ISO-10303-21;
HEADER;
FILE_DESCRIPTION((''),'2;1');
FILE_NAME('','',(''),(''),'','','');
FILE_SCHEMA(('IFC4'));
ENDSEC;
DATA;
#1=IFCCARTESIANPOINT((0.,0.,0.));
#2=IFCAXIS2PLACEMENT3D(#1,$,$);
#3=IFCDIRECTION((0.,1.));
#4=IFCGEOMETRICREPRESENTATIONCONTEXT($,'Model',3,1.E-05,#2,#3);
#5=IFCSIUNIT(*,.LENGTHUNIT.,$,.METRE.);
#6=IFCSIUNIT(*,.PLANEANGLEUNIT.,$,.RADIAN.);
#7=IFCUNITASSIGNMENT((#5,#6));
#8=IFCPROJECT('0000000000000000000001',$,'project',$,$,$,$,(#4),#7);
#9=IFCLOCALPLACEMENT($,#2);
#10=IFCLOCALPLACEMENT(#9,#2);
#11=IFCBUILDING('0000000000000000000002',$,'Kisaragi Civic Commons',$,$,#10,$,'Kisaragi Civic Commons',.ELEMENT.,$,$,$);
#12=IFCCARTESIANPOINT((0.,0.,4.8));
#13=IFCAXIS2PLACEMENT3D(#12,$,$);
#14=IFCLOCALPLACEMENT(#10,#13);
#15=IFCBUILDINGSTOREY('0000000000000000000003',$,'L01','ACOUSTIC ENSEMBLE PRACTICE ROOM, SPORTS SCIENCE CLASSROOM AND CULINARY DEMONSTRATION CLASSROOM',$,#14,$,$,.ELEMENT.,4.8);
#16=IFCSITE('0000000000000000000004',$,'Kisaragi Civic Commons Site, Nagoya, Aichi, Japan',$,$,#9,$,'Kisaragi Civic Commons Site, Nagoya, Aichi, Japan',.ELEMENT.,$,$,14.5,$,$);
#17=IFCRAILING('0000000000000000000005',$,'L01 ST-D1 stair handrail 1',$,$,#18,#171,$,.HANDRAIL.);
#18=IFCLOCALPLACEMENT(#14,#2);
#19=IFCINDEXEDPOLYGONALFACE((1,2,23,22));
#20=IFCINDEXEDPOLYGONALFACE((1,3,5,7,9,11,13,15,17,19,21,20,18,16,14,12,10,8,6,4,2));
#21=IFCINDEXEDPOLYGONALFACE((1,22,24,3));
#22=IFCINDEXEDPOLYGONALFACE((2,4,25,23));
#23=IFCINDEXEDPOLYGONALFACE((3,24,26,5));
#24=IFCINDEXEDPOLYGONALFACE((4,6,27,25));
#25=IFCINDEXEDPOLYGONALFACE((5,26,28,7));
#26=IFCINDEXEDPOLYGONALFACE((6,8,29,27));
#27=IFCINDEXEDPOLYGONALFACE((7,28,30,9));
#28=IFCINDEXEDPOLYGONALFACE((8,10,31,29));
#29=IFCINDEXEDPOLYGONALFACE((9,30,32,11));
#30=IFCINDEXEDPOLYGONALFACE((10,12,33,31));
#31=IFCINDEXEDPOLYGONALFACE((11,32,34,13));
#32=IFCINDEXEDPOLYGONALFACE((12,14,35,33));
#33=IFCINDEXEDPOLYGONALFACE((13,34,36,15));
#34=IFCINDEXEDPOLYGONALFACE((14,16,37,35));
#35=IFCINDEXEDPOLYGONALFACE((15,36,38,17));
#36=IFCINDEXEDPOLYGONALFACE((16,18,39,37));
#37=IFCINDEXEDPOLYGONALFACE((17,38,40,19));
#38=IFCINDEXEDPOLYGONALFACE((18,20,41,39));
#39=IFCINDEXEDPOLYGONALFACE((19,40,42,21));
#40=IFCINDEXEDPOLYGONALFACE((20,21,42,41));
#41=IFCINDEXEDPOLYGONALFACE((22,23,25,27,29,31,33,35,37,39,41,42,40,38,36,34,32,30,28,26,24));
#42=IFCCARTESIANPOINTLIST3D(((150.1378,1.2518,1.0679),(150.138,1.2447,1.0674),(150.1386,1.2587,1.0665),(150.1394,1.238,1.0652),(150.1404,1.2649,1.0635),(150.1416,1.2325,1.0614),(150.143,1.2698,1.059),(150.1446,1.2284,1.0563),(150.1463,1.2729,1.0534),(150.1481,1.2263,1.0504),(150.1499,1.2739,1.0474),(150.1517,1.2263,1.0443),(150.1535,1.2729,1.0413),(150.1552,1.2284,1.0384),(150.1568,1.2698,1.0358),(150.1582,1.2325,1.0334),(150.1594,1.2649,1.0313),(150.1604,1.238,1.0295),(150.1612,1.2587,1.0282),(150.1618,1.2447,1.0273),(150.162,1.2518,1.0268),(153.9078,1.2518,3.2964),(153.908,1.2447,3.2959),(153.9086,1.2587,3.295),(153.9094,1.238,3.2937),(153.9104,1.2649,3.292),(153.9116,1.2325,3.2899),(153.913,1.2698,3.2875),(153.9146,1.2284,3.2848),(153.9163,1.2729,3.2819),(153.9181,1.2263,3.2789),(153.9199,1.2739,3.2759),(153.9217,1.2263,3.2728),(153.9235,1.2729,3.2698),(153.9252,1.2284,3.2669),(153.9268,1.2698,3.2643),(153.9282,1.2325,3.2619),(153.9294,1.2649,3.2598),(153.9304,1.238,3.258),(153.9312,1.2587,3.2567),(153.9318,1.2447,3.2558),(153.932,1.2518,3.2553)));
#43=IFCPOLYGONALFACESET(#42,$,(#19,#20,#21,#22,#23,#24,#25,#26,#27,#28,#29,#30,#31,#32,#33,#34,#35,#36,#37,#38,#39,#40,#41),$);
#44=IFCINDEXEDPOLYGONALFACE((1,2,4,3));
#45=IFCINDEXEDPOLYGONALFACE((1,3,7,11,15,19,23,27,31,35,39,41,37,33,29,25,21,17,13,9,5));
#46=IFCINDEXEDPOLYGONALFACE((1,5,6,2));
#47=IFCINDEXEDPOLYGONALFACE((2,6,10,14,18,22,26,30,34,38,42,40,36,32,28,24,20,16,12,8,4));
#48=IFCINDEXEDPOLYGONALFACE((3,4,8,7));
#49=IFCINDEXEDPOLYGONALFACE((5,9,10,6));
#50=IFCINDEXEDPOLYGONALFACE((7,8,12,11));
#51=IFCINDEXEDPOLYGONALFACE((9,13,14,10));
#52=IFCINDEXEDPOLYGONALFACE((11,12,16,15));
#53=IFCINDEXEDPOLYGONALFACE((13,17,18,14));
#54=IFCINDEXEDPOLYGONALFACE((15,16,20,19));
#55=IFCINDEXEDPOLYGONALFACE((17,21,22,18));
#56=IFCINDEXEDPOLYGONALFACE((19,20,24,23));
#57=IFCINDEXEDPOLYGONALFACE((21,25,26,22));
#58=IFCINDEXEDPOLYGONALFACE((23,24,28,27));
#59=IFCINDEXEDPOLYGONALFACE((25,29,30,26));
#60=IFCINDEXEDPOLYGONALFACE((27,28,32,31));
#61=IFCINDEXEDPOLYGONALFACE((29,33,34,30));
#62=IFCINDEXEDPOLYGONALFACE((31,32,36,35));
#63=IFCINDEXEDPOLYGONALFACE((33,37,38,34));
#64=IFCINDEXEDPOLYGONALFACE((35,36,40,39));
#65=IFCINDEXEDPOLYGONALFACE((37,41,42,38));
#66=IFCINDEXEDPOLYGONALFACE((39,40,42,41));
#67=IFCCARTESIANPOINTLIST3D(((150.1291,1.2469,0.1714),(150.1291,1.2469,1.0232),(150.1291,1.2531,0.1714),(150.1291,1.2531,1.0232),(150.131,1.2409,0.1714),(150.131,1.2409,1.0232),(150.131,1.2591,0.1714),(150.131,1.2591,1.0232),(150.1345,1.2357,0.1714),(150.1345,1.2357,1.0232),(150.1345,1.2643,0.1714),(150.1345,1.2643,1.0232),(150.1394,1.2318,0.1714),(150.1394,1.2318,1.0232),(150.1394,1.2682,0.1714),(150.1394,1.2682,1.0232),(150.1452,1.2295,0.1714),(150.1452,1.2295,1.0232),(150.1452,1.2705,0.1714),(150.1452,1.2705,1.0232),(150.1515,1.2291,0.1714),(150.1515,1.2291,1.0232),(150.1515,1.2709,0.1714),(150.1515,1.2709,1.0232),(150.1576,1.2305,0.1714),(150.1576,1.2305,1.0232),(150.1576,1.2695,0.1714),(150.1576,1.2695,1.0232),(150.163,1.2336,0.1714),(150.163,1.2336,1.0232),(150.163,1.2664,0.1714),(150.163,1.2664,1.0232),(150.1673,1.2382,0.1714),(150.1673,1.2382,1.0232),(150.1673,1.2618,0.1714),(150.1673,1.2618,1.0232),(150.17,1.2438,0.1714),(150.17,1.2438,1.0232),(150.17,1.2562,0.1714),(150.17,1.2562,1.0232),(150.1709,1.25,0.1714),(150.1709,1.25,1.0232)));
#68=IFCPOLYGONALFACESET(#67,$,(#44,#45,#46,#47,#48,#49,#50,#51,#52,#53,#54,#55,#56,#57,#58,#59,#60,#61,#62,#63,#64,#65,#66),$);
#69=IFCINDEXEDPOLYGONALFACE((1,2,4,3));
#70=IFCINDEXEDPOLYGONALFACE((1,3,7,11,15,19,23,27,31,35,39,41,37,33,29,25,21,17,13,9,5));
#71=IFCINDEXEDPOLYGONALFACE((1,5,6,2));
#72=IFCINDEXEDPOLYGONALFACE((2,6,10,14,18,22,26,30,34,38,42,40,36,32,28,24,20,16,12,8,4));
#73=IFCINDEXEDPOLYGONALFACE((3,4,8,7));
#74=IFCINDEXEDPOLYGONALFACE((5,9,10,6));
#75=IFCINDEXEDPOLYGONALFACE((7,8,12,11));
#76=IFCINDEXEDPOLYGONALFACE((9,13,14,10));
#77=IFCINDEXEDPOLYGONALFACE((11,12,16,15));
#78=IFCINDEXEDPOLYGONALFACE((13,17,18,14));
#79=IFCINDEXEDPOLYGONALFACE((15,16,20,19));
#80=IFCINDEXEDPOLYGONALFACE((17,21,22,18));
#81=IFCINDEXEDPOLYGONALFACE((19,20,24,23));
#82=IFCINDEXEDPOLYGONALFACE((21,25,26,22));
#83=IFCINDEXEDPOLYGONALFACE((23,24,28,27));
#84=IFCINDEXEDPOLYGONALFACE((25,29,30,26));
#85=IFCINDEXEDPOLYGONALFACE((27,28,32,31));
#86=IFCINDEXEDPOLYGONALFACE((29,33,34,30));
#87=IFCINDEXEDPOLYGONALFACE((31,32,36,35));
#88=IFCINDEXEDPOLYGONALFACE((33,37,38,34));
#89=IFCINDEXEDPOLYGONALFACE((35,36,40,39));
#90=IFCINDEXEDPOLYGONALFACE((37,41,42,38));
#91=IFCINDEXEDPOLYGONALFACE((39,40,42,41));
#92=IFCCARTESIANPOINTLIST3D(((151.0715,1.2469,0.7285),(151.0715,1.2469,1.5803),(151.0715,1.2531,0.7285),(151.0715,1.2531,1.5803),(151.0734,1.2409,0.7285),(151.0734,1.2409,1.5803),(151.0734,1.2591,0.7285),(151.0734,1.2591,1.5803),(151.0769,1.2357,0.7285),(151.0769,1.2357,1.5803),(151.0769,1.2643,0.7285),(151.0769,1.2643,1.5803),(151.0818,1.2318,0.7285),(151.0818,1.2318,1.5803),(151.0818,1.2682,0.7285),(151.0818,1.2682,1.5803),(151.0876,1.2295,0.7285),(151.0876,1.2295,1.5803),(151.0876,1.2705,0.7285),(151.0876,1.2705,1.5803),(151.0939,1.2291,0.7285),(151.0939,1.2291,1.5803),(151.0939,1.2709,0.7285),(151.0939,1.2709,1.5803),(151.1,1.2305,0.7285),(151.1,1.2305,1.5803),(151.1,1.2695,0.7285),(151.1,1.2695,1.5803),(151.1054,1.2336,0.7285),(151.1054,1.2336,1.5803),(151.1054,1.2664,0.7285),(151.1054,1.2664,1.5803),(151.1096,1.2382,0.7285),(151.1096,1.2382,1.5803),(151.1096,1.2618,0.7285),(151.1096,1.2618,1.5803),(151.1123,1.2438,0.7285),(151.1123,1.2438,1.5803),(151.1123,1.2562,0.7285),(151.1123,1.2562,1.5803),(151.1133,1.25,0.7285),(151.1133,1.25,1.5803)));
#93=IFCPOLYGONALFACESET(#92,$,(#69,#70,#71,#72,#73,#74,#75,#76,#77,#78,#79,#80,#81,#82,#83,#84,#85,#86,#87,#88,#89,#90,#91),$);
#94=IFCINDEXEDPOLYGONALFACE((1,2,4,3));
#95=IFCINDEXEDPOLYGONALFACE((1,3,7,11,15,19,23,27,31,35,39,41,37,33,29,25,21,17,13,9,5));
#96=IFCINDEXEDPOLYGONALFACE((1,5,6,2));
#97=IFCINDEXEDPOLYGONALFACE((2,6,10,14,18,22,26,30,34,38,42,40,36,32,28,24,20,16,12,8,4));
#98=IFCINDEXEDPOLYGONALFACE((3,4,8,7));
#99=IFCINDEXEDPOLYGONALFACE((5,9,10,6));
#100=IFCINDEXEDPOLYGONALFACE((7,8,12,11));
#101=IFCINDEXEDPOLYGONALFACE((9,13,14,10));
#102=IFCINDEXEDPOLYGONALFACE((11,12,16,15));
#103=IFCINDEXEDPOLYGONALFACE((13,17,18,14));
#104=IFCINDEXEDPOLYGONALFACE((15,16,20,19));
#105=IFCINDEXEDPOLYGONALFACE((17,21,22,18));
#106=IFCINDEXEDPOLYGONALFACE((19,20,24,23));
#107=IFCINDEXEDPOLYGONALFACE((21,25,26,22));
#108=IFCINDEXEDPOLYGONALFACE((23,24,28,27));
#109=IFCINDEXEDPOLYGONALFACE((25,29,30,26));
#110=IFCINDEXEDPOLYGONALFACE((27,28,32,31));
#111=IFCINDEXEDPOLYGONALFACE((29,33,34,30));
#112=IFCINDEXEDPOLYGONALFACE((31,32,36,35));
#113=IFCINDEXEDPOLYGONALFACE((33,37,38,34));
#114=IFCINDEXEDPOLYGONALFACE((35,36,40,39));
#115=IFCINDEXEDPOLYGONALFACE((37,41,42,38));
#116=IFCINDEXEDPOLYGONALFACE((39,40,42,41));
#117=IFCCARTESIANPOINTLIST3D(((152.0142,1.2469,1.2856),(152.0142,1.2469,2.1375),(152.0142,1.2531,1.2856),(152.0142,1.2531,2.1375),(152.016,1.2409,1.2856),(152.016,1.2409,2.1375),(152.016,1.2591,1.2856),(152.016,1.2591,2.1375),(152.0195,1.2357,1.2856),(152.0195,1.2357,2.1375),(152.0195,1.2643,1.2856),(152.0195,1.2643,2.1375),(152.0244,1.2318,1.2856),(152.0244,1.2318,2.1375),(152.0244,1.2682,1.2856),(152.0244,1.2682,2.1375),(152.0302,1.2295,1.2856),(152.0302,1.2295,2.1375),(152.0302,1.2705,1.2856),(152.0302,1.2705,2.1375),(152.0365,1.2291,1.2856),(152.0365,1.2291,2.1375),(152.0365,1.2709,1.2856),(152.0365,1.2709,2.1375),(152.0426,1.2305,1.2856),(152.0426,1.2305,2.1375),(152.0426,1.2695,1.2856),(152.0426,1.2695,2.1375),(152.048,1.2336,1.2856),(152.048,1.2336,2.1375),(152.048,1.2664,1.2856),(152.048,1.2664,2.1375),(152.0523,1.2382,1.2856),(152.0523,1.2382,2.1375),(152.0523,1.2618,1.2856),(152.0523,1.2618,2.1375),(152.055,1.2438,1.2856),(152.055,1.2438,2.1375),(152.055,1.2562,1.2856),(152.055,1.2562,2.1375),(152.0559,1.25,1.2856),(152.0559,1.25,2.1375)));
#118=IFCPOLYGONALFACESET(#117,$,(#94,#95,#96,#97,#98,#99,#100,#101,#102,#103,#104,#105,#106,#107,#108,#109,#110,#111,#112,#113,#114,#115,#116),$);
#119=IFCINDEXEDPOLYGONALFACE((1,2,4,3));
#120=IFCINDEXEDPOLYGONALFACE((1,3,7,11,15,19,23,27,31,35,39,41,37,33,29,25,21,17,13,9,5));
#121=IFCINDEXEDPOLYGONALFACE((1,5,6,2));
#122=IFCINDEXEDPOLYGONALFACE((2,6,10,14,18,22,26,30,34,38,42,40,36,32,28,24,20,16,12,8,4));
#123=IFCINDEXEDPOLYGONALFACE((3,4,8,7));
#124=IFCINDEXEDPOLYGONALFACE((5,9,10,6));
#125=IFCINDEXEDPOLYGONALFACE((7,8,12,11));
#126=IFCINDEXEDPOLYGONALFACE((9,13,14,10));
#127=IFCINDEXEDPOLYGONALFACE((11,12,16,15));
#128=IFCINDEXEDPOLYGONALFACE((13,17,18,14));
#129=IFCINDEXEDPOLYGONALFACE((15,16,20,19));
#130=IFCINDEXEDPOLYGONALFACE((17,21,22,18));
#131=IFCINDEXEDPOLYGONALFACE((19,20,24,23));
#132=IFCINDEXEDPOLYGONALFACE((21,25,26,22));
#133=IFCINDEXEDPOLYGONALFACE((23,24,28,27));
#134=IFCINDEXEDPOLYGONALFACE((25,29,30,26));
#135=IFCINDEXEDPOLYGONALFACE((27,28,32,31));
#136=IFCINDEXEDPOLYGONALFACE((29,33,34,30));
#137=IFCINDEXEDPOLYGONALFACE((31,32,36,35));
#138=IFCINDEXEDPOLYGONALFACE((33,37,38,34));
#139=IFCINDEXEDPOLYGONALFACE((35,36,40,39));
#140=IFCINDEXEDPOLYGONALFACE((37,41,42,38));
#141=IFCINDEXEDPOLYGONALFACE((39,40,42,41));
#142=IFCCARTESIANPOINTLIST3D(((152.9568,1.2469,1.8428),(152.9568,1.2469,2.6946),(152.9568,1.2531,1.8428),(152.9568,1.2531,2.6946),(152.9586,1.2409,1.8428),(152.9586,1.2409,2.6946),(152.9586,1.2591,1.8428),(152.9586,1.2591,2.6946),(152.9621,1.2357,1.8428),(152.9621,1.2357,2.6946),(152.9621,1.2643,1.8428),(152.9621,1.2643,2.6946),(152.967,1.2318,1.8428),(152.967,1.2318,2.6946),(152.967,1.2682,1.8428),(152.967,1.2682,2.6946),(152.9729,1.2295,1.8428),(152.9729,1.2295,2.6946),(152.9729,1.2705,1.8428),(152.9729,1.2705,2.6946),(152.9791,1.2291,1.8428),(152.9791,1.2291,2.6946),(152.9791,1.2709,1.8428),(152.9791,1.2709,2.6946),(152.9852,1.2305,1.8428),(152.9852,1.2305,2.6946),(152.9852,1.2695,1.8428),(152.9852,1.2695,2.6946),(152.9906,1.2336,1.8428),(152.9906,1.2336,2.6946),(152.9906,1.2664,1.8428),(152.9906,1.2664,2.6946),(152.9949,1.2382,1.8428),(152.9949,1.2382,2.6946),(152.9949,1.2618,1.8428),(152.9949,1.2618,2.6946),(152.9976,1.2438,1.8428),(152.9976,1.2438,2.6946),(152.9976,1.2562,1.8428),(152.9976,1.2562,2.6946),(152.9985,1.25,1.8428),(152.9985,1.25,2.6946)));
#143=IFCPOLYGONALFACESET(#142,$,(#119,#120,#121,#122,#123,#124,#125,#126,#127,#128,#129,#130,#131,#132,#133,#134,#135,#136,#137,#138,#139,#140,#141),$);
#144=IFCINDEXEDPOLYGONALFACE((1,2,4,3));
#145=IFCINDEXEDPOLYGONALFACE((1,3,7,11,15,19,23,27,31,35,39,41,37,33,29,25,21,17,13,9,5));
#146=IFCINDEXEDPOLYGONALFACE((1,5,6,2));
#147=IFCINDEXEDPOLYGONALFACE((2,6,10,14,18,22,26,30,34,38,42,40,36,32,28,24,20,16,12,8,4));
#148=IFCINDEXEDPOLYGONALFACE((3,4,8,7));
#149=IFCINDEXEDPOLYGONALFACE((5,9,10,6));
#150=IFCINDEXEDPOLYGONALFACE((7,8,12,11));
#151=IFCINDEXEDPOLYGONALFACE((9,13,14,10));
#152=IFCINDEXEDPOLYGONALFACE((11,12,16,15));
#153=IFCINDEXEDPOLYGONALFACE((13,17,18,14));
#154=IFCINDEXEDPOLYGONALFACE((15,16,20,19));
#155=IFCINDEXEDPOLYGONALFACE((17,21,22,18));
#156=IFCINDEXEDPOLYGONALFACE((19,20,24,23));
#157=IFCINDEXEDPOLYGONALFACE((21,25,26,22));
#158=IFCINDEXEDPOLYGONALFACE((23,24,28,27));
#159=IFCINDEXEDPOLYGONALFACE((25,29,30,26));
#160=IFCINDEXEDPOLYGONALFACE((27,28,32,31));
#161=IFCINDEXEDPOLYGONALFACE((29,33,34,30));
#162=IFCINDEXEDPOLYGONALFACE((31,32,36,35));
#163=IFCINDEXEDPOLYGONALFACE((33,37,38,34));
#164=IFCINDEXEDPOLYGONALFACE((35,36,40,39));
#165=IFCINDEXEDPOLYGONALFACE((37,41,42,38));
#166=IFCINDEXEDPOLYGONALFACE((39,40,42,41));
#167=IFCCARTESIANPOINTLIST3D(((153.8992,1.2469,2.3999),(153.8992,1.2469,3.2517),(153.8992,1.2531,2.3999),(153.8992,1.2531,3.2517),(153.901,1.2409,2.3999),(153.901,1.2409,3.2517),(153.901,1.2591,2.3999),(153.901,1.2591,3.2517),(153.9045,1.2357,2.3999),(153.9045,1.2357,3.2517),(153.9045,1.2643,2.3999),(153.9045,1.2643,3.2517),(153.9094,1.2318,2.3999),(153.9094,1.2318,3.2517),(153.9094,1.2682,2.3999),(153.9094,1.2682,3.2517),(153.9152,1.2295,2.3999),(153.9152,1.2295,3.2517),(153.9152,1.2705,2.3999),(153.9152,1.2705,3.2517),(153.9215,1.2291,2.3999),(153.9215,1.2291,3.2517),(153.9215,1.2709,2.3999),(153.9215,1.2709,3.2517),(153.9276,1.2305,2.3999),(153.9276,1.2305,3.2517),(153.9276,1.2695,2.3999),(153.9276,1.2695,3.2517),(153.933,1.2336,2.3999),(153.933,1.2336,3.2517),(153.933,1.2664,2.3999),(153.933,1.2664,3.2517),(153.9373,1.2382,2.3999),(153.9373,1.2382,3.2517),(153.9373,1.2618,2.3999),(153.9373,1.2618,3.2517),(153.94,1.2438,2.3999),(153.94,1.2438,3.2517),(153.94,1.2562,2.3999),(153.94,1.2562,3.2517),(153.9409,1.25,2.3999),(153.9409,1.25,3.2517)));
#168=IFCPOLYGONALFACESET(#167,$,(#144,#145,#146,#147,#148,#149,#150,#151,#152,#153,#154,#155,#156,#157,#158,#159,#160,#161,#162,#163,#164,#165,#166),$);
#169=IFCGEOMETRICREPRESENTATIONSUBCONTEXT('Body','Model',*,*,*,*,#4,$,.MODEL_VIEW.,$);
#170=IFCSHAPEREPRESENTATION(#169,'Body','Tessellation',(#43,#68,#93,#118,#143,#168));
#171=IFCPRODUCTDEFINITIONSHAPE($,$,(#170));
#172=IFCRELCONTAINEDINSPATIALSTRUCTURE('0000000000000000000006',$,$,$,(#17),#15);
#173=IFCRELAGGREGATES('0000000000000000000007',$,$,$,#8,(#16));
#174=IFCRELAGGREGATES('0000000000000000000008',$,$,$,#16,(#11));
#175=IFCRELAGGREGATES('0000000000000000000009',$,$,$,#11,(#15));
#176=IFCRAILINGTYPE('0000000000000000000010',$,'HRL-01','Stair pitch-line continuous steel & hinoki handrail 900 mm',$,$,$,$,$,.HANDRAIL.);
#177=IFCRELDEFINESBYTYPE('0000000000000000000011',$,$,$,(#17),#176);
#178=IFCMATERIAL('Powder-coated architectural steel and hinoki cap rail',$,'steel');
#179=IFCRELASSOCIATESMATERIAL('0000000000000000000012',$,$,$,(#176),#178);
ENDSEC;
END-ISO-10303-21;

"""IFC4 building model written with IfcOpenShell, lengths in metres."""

from ifc_helpers import new_model, si_unit, direction, frame, origin, origin_2d, place, context, subcontext, project, spatial, circle, extrude, material, type_object, element, save


model = new_model("IFC4")

# Units and contexts
model_context = context("Model", 3, precision=1e-05, world=origin(), true_north=direction((0.0, 1.0)))
body_context = subcontext(model_context, "Body", "Model", "MODEL_VIEW")
ifc_project = project(units=[si_unit("LENGTHUNIT", "METRE"), si_unit("PLANEANGLEUNIT", "RADIAN")], contexts=[model_context])

# Site, building, storey
site_placement = place(None, origin())
site = spatial("IfcSite", under=ifc_project, at=site_placement, Name="Kisaragi Civic Commons Site, Nagoya, Aichi, Japan", LongName="Kisaragi Civic Commons Site, Nagoya, Aichi, Japan", CompositionType="ELEMENT", RefElevation=14.5)
building_placement = place(site_placement, origin())
building = spatial("IfcBuilding", under=site, at=building_placement, Name="Kisaragi Civic Commons", LongName="Kisaragi Civic Commons", CompositionType="ELEMENT")
storey_placement = place(building_placement, frame((0.0, 0.0, 4.8)))
storey = spatial("IfcBuildingStorey", under=building, at=storey_placement, Name="L01", Description="ACOUSTIC ENSEMBLE PRACTICE ROOM, SPORTS SCIENCE CLASSROOM AND CULINARY DEMONSTRATION CLASSROOM", CompositionType="ELEMENT", Elevation=4.8)

# Railing
ifc_material_1 = material(Name="Powder-coated architectural steel and hinoki cap rail", Category="steel")
railing_type_1 = type_object("IfcRailingType", Name="HRL-01", Description="Stair pitch-line continuous steel & hinoki handrail 900 mm", PredefinedType="HANDRAIL", material=ifc_material_1)
railing_1_placement = place(storey_placement, frame((150.1499, 1.25, 0.1714)))
element("IfcRailing", 1, at=railing_1_placement, inside=storey, type_object=railing_type_1, Name="L01 ST-D1 stair handrail 1", PredefinedType="HANDRAIL", context=body_context, shape_type="SweptSolid", body=[
    extrude(circle(Radius=0.0239, at=origin_2d()), frame((0.0, 0.0, 0.876), z_axis=(0.860849, 0.0, 0.508861), x_axis=(0.0, 1.0, 0.0)), (0.0, 0.0, 1.0), 4.3794),
    extrude(circle(Radius=0.021, at=origin_2d()), origin(), (0.0, 0.0, 1.0), 0.8518),
    extrude(circle(Radius=0.021, at=origin_2d()), frame((0.9424, 0.0, 0.5571)), (0.0, 0.0, 1.0), 0.8518),
    extrude(circle(Radius=0.021, at=origin_2d()), frame((1.885, 0.0, 1.1143)), (0.0, 0.0, 1.0), 0.8518),
    extrude(circle(Radius=0.021, at=origin_2d()), frame((2.8276, 0.0, 1.6714)), (0.0, 0.0, 1.0), 0.8518),
    extrude(circle(Radius=0.021, at=origin_2d()), frame((3.77, 0.0, 2.2285)), (0.0, 0.0, 1.0), 0.8518),
])

save(model, "model.ifc")
